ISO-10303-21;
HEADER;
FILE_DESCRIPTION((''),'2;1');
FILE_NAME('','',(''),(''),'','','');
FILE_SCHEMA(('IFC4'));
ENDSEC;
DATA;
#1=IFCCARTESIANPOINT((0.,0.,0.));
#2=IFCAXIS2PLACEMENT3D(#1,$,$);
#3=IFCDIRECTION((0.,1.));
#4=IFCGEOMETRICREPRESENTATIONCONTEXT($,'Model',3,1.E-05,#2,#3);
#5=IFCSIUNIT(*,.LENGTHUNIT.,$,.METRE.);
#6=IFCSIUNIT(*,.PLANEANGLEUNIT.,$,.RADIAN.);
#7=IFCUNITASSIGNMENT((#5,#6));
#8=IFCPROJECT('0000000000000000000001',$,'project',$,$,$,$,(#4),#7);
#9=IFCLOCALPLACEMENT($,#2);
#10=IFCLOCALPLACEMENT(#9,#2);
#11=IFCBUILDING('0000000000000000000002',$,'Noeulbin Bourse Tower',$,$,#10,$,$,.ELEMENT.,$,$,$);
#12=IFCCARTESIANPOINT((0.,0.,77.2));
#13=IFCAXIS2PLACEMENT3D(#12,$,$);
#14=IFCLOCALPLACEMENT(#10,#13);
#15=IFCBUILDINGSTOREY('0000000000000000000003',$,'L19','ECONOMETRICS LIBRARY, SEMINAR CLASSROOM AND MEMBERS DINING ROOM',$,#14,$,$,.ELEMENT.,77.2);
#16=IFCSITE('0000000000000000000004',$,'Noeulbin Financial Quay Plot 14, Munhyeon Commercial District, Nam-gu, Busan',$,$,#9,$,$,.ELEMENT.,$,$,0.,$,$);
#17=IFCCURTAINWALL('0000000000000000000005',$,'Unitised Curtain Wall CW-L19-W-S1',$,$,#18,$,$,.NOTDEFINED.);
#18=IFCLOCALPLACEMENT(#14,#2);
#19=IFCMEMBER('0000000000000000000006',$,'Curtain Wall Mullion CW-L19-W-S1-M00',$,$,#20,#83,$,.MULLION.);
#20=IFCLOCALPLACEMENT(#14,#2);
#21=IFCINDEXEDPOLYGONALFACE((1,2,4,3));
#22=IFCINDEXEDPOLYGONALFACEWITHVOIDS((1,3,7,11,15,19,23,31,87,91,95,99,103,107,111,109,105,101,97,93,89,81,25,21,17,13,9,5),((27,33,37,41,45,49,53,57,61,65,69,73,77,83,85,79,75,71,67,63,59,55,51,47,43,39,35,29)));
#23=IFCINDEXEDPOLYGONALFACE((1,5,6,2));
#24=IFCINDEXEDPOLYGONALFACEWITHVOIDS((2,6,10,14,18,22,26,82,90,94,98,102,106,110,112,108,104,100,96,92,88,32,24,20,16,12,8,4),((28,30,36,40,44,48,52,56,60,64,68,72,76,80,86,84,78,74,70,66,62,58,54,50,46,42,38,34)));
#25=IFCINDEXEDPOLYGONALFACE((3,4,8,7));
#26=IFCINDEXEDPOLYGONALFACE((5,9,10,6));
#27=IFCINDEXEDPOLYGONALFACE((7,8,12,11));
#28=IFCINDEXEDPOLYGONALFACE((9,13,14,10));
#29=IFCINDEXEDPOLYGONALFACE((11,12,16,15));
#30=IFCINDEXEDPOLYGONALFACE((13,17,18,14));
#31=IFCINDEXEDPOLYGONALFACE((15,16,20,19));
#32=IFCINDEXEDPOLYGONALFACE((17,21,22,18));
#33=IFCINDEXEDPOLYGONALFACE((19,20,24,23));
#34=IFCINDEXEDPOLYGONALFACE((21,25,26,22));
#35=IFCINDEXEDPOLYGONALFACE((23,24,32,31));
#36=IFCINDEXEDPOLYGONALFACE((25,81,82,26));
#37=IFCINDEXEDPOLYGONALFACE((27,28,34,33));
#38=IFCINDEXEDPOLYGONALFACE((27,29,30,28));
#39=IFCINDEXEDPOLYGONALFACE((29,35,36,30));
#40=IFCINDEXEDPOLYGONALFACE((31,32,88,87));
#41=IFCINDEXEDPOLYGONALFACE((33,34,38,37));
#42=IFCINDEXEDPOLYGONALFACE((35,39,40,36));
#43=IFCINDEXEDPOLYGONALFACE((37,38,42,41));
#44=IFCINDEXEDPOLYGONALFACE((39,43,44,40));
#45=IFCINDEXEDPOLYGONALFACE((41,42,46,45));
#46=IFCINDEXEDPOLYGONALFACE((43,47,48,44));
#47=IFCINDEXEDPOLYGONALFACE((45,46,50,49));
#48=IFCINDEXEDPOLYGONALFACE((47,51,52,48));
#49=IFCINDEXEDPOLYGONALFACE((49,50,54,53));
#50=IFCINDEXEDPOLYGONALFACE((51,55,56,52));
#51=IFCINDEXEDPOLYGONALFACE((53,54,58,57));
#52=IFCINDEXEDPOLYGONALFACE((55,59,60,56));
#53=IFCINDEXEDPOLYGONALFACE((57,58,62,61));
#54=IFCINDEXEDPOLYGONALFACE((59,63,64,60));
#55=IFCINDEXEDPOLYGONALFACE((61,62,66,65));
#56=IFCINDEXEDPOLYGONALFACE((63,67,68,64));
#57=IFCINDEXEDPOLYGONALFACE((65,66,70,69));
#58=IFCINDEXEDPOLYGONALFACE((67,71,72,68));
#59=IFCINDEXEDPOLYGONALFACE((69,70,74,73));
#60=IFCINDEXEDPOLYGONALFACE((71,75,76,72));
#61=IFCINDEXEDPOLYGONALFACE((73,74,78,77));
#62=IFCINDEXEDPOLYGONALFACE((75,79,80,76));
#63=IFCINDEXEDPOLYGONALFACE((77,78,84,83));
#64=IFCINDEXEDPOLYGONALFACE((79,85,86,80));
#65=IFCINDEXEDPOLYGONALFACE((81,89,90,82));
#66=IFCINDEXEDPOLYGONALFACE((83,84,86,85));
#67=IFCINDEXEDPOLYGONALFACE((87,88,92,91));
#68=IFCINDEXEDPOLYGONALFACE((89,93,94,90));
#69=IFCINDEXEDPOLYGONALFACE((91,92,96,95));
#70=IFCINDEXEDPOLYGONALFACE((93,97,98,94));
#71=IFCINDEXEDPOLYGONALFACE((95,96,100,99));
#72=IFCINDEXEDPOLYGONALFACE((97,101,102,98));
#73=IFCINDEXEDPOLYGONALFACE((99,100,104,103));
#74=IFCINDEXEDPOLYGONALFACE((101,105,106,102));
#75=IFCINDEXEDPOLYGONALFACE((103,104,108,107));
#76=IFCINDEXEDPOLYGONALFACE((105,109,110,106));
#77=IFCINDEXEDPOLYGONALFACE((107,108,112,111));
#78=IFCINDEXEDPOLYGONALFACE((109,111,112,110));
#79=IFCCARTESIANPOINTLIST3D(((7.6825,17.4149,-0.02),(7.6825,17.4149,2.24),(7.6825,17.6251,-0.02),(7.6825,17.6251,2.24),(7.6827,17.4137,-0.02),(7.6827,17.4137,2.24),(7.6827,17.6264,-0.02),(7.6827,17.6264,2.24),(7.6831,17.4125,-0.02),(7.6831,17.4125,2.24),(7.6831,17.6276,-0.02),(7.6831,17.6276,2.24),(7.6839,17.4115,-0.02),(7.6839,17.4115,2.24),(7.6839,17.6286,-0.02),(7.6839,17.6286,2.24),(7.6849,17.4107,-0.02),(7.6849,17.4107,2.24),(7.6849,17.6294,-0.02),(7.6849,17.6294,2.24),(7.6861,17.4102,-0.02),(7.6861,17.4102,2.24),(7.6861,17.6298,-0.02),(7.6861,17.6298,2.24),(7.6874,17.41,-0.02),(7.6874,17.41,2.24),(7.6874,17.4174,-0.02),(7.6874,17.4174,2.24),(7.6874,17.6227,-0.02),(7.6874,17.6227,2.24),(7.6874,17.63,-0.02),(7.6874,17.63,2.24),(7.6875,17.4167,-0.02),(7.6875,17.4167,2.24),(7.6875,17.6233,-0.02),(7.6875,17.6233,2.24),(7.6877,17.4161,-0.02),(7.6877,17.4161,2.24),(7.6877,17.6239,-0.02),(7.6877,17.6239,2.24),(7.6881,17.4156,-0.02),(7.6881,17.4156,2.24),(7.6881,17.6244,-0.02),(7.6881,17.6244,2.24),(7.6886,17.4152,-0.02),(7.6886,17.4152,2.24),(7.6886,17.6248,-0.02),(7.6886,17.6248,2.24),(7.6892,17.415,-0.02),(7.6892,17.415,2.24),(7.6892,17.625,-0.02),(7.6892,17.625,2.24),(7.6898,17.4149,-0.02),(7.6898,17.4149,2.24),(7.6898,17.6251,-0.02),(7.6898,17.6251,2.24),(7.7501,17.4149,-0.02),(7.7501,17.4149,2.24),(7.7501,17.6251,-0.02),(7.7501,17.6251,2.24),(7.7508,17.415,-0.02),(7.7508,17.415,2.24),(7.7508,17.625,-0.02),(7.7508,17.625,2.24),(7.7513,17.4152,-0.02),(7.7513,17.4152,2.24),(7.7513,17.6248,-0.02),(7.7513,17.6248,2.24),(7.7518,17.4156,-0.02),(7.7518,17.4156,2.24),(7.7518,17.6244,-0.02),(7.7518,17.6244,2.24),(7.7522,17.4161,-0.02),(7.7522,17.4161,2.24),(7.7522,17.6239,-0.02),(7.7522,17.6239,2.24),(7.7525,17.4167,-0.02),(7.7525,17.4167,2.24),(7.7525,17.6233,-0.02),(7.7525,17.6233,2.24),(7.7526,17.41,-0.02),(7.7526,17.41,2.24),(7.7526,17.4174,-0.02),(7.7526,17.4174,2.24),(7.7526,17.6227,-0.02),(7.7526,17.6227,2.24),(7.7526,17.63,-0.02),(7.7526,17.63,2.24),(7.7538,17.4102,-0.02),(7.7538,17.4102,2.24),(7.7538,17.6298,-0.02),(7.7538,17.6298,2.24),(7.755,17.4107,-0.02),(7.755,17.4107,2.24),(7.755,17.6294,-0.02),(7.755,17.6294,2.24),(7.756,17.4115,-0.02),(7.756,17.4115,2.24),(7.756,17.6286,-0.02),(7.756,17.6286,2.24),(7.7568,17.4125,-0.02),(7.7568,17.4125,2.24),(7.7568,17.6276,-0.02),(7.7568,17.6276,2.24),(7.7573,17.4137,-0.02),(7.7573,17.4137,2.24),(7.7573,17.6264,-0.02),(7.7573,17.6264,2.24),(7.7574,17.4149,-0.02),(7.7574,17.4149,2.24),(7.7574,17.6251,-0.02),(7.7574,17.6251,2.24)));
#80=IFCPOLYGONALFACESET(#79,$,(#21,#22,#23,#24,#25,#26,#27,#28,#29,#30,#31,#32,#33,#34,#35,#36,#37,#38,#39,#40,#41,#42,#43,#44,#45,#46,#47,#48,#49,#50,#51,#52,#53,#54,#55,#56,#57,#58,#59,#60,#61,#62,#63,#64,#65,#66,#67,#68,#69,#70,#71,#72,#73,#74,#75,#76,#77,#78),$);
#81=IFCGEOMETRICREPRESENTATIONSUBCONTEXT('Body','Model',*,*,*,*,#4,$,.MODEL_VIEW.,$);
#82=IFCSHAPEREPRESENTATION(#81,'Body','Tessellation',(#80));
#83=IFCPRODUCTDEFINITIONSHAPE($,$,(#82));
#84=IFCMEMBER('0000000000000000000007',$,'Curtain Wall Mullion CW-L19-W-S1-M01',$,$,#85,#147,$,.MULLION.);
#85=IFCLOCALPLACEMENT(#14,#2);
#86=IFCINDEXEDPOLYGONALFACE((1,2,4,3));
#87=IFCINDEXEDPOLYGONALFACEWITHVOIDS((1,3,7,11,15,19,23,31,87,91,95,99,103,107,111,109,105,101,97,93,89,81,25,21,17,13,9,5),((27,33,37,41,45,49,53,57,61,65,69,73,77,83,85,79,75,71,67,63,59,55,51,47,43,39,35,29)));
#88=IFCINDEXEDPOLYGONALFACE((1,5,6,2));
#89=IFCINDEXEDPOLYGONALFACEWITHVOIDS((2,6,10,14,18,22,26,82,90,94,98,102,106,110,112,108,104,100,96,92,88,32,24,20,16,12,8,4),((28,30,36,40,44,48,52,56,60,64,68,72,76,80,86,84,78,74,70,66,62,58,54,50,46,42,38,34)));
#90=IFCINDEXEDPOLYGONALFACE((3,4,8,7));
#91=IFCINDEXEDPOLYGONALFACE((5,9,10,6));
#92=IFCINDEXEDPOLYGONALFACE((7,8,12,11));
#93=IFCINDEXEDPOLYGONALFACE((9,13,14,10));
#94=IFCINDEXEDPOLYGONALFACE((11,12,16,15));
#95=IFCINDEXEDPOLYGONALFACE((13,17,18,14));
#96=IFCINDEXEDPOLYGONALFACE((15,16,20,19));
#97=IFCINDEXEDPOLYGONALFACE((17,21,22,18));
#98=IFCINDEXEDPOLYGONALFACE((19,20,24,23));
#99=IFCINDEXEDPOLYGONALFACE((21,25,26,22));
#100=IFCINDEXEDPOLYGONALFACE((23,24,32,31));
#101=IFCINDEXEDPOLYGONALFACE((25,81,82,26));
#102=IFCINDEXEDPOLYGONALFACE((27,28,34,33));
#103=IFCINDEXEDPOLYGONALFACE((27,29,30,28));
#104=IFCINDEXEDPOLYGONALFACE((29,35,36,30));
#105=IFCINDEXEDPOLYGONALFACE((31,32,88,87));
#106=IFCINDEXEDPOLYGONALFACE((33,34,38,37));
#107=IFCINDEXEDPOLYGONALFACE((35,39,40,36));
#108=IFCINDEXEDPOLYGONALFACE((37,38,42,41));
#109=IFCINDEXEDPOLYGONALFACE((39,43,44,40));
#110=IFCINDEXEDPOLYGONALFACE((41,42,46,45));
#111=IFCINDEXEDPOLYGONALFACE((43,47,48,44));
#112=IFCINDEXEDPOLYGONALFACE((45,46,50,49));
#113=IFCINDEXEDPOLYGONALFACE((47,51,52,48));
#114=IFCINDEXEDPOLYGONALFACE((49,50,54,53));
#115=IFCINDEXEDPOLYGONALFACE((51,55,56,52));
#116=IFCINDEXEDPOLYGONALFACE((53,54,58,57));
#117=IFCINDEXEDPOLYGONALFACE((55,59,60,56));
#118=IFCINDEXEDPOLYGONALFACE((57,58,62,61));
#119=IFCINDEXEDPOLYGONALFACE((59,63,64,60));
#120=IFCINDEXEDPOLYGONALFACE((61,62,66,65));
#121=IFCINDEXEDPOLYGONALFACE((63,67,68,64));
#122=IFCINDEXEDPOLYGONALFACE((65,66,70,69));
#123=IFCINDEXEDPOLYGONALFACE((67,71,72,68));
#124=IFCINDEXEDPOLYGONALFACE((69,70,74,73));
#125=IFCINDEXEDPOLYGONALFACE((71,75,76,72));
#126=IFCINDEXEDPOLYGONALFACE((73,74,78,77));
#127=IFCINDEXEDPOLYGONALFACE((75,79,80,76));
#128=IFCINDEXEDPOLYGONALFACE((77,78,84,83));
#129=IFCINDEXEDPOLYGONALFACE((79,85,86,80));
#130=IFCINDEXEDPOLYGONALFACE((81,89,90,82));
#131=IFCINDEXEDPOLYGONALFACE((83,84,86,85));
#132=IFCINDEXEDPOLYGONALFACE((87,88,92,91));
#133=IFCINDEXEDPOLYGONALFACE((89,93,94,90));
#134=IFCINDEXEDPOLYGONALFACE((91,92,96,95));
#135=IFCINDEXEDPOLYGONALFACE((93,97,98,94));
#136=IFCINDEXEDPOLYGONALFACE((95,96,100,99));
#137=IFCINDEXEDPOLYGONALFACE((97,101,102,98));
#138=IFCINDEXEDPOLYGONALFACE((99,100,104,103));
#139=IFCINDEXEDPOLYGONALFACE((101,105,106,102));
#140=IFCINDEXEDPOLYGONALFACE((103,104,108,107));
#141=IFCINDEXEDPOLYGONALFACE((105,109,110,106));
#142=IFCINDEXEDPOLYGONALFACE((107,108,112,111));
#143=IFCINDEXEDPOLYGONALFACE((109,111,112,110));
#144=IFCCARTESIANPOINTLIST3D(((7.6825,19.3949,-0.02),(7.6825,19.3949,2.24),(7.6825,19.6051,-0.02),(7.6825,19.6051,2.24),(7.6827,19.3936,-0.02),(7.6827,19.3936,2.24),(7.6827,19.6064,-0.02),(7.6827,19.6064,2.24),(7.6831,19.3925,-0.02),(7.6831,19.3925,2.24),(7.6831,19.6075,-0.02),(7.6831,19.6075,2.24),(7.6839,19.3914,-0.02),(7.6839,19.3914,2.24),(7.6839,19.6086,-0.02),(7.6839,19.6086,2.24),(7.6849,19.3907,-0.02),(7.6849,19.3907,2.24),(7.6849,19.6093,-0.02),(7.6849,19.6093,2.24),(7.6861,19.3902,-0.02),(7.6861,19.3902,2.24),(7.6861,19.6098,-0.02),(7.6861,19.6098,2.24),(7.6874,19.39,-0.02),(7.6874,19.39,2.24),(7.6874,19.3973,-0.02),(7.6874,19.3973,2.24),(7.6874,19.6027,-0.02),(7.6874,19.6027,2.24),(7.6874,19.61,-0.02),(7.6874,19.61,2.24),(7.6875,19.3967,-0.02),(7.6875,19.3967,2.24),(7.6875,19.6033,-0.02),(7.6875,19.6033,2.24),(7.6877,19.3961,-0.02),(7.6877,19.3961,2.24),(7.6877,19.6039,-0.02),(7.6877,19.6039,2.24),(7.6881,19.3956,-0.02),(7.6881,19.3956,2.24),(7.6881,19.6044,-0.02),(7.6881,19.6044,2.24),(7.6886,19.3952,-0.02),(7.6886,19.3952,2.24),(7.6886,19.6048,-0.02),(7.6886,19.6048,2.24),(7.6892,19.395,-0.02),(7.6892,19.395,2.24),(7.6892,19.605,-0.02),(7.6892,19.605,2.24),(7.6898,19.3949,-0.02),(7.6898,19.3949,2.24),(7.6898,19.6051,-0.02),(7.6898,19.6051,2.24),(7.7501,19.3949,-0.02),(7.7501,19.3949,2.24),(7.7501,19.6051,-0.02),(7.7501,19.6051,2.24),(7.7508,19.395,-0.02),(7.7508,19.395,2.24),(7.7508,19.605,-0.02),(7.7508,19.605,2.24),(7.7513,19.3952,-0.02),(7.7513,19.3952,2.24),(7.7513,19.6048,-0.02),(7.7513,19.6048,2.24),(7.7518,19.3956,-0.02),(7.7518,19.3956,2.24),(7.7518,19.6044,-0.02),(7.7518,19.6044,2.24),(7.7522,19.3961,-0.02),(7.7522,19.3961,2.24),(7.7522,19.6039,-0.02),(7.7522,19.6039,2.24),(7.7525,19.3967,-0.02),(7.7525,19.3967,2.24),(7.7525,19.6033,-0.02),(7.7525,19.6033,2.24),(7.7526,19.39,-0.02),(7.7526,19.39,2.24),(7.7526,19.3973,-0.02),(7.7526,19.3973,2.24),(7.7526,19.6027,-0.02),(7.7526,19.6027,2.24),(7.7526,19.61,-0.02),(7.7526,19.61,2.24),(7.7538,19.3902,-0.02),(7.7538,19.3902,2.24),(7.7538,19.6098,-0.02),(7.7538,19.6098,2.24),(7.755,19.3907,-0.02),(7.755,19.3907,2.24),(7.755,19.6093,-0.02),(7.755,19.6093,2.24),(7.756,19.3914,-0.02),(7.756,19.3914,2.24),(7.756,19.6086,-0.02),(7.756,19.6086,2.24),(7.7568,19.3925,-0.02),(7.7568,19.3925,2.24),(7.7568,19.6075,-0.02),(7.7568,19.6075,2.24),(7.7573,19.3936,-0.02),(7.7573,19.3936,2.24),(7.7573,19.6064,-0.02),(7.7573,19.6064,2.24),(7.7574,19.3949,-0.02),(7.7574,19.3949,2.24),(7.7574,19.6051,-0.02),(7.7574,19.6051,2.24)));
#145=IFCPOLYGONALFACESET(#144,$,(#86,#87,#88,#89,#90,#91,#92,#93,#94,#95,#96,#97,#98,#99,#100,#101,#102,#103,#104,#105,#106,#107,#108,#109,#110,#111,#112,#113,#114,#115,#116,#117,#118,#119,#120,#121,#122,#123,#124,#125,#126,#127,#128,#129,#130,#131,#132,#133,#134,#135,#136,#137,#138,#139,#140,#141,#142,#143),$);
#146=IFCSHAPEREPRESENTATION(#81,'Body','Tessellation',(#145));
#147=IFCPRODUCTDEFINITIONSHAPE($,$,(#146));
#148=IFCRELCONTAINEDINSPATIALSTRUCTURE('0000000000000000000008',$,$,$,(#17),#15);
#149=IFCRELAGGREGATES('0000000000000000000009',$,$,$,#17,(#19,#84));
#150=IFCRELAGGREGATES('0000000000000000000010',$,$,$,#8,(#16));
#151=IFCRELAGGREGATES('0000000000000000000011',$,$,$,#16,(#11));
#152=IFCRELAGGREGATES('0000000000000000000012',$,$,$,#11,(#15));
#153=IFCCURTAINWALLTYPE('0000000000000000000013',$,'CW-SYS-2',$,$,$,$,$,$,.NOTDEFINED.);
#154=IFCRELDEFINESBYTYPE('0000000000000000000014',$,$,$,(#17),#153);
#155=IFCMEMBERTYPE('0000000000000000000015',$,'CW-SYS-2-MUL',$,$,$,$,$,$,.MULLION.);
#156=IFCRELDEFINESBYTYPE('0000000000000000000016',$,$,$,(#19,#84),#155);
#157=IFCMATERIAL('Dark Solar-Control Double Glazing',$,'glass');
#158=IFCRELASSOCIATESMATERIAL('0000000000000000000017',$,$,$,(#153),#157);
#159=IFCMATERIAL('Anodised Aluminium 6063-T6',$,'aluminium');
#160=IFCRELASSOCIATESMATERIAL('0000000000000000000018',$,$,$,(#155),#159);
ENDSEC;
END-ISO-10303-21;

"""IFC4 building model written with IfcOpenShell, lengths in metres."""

from ifc_helpers import new_model, si_unit, direction, frame, origin, origin_2d, place, context, subcontext, project, spatial, hollow_rectangle, extrude, material, material_profile, profile_set, type_object, element, aggregate, save


model = new_model("IFC4")

# Units and contexts
model_context = context("Model", 3, precision=1e-05, world=origin(), true_north=direction((0.0, 1.0)))
body_context = subcontext(model_context, "Body", "Model", "MODEL_VIEW")
ifc_project = project(units=[si_unit("LENGTHUNIT", "METRE"), si_unit("PLANEANGLEUNIT", "RADIAN")], contexts=[model_context])

# Site, building, storey
site_placement = place(None, origin())
site = spatial("IfcSite", under=ifc_project, at=site_placement, Name="Noeulbin Financial Quay Plot 14, Munhyeon Commercial District, Nam-gu, Busan", CompositionType="ELEMENT", RefElevation=0.0)
building_placement = place(site_placement, origin())
building = spatial("IfcBuilding", under=site, at=building_placement, Name="Noeulbin Bourse Tower", CompositionType="ELEMENT")
storey_placement = place(building_placement, frame((0.0, 0.0, 77.2)))
storey = spatial("IfcBuildingStorey", under=building, at=storey_placement, Name="L19", Description="ECONOMETRICS LIBRARY, SEMINAR CLASSROOM AND MEMBERS DINING ROOM", CompositionType="ELEMENT", Elevation=77.2)

# Curtain wall, members
ifc_material_1 = material(Name="Dark Solar-Control Double Glazing", Category="glass")
curtain_wall_type = type_object("IfcCurtainWallType", Name="CW-SYS-2", PredefinedType="NOTDEFINED", material=ifc_material_1)
curtain_wall_1_placement = place(storey_placement, origin())
curtain_wall_1 = element("IfcCurtainWall", 1, at=curtain_wall_1_placement, inside=storey, type_object=curtain_wall_type, Name="Unitised Curtain Wall CW-L19-W-S1", PredefinedType="NOTDEFINED")
ifc_material_2 = material(Name="Anodised Aluminium 6063-T6", Category="aluminium")
ifc_material_profile_1 = material_profile(ifc_material_2, hollow_rectangle(XDim=0.075, YDim=0.22, WallThickness=0.0049, InnerFilletRadius=0.0024, OuterFilletRadius=0.0049, at=origin_2d()), Name="ALU-MULL-75x220x5", Category="LoadBearing")
ifc_profile_set_1 = profile_set([ifc_material_profile_1], Name="Anodised Aluminium 6063-T6")
member_type_1 = type_object("IfcMemberType", Name="CW-SYS-2-MUL", PredefinedType="MULLION", material=ifc_profile_set_1)
member_1_placement = place(storey_placement, frame((7.72, 17.52, -0.02), z_axis=(0.0, 0.0, 1.0), x_axis=(1.0, 0.0, 0.0)))
member_1 = element("IfcMember", 2, at=member_1_placement, type_object=member_type_1, Name="Curtain Wall Mullion CW-L19-W-S1-M00", PredefinedType="MULLION", context=body_context, shape_type="SweptSolid", body=[
    extrude(hollow_rectangle(XDim=0.075, YDim=0.22, WallThickness=0.0049, InnerFilletRadius=0.0024, OuterFilletRadius=0.0049, at=origin_2d()), origin(), (0.0, 0.0, 1.0), 2.26),
])
member_2_placement = place(storey_placement, frame((7.72, 19.5, -0.02), z_axis=(0.0, 0.0, 1.0), x_axis=(1.0, 0.0, 0.0)))
member_2 = element("IfcMember", 3, at=member_2_placement, type_object=member_type_1, Name="Curtain Wall Mullion CW-L19-W-S1-M01", PredefinedType="MULLION", context=body_context, shape_type="SweptSolid", body=[
    extrude(hollow_rectangle(XDim=0.075, YDim=0.22, WallThickness=0.0049, InnerFilletRadius=0.0024, OuterFilletRadius=0.0049, at=origin_2d()), origin(), (0.0, 0.0, 1.0), 2.26),
])

aggregate(curtain_wall_1, [member_1, member_2])

save(model, "model.ifc")
